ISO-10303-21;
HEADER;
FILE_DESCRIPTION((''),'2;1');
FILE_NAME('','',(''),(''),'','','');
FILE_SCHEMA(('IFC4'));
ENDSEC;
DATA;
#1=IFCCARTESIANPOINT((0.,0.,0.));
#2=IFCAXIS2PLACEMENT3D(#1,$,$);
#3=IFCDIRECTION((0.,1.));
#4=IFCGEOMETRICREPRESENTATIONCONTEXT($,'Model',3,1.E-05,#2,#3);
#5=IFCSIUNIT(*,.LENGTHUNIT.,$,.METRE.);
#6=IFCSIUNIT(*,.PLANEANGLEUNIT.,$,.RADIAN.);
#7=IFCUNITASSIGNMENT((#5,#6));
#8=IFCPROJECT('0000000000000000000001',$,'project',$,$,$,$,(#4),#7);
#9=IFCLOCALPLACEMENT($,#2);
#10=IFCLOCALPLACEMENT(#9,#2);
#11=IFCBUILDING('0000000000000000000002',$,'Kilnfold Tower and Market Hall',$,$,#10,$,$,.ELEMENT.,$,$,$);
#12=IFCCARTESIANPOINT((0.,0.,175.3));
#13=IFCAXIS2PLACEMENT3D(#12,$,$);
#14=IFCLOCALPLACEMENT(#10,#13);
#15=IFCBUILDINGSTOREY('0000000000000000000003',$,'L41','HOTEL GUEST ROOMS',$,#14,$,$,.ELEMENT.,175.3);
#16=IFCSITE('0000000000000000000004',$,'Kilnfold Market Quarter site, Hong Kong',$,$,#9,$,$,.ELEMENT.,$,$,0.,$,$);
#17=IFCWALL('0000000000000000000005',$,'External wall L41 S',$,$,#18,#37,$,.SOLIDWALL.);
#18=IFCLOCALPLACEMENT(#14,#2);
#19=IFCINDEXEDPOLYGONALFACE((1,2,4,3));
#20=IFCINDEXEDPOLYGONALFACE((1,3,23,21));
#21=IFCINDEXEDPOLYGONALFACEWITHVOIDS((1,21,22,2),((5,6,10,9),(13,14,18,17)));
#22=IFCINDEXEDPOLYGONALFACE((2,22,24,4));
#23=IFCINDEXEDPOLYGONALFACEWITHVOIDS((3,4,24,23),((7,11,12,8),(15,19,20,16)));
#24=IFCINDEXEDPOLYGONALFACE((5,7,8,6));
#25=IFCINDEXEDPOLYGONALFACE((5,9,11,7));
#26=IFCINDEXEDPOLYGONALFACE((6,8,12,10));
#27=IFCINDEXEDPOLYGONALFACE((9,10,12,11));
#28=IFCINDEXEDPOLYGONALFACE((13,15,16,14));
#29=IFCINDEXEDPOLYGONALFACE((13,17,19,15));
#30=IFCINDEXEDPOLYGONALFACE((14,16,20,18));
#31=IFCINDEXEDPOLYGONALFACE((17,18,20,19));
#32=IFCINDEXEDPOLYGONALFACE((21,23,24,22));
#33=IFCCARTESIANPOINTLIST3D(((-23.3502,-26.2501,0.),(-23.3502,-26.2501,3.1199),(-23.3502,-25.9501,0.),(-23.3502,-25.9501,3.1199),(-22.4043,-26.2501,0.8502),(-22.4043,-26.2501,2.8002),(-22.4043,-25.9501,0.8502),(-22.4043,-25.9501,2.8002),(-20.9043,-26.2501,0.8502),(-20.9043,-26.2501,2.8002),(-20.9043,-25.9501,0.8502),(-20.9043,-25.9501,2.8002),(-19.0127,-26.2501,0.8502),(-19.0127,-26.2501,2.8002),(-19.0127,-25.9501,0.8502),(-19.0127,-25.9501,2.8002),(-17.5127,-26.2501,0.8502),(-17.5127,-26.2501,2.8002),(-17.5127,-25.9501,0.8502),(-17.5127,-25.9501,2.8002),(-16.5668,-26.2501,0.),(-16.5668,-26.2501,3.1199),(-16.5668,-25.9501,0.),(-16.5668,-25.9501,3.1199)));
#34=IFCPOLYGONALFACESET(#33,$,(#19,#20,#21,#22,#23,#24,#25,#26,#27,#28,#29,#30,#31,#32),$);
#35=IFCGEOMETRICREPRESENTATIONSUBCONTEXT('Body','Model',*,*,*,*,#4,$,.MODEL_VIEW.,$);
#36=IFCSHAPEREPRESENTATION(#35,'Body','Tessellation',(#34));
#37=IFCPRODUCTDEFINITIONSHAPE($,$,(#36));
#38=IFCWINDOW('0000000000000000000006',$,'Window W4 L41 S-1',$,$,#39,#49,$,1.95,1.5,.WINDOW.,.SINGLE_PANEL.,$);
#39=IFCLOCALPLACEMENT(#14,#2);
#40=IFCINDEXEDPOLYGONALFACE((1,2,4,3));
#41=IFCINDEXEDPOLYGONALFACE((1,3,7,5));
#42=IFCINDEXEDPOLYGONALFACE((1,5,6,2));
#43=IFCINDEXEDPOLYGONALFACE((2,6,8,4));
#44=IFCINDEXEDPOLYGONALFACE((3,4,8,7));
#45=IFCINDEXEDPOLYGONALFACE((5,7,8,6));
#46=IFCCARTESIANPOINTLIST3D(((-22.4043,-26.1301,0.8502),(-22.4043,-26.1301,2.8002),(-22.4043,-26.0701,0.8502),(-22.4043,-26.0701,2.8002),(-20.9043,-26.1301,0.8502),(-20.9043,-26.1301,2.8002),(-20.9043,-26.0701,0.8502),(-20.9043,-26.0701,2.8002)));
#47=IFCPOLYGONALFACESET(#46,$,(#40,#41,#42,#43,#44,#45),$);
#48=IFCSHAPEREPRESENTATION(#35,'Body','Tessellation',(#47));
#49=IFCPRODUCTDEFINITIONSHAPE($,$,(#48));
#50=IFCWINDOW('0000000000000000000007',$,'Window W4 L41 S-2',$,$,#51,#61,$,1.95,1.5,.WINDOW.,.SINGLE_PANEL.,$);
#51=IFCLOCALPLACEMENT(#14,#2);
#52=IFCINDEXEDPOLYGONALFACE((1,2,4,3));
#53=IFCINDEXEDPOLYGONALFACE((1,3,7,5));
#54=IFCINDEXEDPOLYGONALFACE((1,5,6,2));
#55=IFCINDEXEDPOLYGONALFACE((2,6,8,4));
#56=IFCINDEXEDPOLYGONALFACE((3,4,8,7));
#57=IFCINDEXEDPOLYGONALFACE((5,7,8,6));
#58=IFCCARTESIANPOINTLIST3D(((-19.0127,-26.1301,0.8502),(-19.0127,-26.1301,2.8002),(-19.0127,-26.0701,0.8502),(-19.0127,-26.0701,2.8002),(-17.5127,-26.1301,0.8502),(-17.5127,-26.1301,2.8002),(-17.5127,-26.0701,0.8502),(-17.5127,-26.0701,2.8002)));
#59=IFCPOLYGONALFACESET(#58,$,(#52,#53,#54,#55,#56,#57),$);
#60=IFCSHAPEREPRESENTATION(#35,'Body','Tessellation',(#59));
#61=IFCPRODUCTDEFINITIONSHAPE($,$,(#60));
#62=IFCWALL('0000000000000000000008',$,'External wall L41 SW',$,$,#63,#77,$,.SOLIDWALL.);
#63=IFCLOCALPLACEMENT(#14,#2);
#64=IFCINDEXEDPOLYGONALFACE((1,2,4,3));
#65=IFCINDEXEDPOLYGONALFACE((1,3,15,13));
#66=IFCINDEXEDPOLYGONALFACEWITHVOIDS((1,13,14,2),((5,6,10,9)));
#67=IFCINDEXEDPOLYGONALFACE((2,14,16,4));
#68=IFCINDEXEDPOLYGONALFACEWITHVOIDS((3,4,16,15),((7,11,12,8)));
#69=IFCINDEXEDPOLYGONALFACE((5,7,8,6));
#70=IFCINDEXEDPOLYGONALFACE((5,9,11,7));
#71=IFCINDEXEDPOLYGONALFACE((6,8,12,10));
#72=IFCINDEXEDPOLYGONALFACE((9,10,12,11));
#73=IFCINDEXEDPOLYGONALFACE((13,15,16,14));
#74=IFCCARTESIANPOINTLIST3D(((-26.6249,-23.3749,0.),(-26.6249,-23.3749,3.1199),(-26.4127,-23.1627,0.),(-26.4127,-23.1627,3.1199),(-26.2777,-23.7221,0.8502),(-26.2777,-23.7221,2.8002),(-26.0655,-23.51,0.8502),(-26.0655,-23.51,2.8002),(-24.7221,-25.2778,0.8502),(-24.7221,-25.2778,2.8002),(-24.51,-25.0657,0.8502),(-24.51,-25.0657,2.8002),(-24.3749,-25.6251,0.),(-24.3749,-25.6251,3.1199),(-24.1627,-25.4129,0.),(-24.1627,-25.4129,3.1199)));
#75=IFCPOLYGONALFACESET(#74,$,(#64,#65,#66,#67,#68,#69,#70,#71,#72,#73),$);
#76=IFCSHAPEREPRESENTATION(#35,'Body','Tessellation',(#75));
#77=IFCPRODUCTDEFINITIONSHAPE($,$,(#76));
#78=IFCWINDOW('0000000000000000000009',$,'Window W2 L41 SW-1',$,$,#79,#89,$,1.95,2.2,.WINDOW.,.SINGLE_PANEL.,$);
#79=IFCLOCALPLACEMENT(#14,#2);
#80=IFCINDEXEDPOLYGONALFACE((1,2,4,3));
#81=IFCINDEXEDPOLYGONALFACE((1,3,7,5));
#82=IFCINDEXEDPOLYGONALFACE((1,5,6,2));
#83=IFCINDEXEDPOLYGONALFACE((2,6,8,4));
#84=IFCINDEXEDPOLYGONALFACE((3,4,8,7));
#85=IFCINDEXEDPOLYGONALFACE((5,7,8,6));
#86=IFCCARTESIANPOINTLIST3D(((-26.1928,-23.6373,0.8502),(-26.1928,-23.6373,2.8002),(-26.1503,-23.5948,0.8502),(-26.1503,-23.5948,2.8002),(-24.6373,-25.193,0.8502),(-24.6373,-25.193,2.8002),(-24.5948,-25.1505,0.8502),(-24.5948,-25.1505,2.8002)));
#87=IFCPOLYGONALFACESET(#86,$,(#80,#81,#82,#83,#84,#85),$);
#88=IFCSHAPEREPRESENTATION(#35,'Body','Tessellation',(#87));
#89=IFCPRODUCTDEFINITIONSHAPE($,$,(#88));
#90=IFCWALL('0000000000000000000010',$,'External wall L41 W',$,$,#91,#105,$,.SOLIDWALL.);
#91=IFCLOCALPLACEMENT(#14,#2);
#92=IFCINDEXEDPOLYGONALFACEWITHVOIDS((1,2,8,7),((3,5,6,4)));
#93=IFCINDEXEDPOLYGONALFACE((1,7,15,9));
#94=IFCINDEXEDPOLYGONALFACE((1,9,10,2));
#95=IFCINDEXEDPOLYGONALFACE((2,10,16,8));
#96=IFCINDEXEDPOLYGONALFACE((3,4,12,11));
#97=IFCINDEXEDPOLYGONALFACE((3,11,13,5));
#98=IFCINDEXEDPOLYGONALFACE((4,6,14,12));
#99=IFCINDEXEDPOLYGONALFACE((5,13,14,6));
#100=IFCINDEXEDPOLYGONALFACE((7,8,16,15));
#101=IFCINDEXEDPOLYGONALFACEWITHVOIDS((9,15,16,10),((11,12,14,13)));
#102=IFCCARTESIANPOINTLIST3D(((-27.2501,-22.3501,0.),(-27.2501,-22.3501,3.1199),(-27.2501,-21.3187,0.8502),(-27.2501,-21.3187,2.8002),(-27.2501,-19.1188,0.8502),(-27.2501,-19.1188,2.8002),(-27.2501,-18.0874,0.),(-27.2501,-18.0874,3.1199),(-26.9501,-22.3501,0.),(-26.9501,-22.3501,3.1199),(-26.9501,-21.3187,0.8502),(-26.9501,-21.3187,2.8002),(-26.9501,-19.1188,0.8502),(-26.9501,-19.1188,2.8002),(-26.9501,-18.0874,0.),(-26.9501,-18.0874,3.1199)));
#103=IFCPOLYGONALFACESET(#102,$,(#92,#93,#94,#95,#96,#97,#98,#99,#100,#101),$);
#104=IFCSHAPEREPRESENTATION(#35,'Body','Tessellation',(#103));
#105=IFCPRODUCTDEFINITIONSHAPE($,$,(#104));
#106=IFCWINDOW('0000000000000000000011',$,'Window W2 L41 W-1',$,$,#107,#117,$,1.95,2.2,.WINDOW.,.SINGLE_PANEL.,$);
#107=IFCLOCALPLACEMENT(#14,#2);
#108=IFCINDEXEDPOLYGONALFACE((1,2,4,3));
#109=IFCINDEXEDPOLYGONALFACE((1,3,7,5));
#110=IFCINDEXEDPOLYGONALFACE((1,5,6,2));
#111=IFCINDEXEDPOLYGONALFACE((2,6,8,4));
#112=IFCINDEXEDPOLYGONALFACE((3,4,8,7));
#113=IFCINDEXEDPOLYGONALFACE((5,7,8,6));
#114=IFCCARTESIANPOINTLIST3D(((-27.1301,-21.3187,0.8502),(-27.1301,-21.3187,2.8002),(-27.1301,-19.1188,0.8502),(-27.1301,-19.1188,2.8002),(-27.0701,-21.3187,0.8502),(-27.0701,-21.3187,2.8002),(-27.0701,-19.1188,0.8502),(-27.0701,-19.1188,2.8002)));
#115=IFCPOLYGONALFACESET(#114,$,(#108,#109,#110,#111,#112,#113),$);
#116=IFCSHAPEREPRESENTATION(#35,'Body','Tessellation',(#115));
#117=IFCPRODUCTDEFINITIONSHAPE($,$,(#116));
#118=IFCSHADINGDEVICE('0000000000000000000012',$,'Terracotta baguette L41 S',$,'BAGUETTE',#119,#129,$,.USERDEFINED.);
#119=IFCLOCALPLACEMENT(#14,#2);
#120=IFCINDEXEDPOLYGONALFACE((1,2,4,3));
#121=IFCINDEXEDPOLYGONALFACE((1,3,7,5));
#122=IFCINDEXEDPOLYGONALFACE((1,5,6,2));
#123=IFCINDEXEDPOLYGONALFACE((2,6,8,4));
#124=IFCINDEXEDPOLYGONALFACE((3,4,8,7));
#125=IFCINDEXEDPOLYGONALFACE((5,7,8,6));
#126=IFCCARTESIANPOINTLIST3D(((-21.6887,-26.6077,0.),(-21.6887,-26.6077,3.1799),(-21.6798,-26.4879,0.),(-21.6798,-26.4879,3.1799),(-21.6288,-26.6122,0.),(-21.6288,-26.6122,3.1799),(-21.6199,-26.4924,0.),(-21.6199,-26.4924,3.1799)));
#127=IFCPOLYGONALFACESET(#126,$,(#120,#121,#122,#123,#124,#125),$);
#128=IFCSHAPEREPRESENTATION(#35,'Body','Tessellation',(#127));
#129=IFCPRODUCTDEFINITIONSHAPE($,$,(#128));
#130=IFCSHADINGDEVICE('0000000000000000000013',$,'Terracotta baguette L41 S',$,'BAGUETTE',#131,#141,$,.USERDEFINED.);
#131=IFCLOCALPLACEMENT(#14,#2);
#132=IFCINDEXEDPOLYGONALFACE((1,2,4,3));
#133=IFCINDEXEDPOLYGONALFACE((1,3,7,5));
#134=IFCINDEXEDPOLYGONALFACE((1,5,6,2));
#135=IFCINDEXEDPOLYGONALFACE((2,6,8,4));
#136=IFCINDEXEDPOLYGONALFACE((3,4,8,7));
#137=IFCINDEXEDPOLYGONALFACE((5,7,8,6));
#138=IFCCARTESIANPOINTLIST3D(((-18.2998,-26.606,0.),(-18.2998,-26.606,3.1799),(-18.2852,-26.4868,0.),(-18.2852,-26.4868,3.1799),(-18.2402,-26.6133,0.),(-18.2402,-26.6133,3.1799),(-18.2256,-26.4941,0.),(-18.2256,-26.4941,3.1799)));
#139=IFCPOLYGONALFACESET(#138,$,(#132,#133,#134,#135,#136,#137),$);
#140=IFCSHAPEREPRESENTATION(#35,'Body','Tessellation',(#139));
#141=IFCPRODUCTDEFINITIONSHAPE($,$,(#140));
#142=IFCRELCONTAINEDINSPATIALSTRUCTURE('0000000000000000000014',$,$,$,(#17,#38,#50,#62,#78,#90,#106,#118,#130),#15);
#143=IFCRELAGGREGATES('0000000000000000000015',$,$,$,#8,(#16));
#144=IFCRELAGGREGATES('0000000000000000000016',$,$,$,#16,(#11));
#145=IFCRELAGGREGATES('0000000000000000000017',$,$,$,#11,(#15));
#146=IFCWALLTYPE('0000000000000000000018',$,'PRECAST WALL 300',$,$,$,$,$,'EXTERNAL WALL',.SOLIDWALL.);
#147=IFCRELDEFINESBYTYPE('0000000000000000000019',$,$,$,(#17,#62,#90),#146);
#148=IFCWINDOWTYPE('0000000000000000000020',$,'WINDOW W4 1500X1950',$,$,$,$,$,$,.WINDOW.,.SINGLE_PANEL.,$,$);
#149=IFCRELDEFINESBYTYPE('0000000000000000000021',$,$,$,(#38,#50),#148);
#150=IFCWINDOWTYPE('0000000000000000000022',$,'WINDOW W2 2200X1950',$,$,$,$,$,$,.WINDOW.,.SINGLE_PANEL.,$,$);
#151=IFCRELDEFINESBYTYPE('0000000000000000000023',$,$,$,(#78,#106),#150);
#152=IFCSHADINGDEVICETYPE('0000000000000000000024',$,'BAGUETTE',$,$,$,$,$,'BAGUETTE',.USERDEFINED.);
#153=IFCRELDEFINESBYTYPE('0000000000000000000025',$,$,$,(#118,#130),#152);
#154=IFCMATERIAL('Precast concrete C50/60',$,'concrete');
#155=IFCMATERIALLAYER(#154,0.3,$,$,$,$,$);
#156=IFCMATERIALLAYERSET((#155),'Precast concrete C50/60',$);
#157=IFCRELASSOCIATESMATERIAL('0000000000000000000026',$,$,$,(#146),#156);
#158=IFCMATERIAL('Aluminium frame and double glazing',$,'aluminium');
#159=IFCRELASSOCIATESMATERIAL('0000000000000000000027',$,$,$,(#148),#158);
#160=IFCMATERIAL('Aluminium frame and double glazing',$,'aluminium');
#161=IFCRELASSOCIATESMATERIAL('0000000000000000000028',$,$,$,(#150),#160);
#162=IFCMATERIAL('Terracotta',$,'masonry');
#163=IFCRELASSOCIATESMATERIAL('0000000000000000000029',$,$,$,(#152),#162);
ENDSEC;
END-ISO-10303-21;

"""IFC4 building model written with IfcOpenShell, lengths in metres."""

from ifc_helpers import new_model, si_unit, direction, frame, frame_2d, origin, origin_2d, place, context, subcontext, project, spatial, rectangle, extrude, source, transform, mapped, material, layer, layer_set, material_profile, profile_set, type_object, element, fill, save


model = new_model("IFC4")

# Units and contexts
model_context = context("Model", 3, precision=1e-05, world=origin(), true_north=direction((0.0, 1.0)))
body_context = subcontext(model_context, "Body", "Model", "MODEL_VIEW")
ifc_project = project(units=[si_unit("LENGTHUNIT", "METRE"), si_unit("PLANEANGLEUNIT", "RADIAN")], contexts=[model_context])

# Site, building, storey
site_placement = place(None, origin())
site = spatial("IfcSite", under=ifc_project, at=site_placement, Name="Kilnfold Market Quarter site, Hong Kong", CompositionType="ELEMENT", RefElevation=0.0)
building_placement = place(site_placement, origin())
building = spatial("IfcBuilding", under=site, at=building_placement, Name="Kilnfold Tower and Market Hall", CompositionType="ELEMENT")
storey_placement = place(building_placement, frame((0.0, 0.0, 175.3)))
storey = spatial("IfcBuildingStorey", under=building, at=storey_placement, Name="L41", Description="HOTEL GUEST ROOMS", CompositionType="ELEMENT", Elevation=175.3)

# Wall, openings, windows
ifc_material_1 = material(Name="Precast concrete C50/60", Category="concrete")
ifc_layer_1 = layer(ifc_material_1, 0.3)
ifc_layer_set_1 = layer_set([ifc_layer_1], Name="Precast concrete C50/60")
wall_type_1 = type_object("IfcWallType", Name="PRECAST WALL 300", ElementType="EXTERNAL WALL", PredefinedType="SOLIDWALL", material=ifc_layer_set_1)
shared_shape_1 = source(origin(), body_context, "Body", "SweptSolid", [
    extrude(rectangle(XDim=6.7834, YDim=0.3, at=frame_2d((3.3916, 0.0))), origin(), (0.0, 0.0, 1.0), 3.1199),
])
wall_1_placement = place(storey_placement, frame((-23.3501, -26.1001, 0.0), z_axis=(0.0, 0.0, 1.0), x_axis=(1.0, 0.0, 0.0)))
wall_1 = element("IfcWall", 1, at=wall_1_placement, inside=storey, type_object=wall_type_1, Name="External wall L41 S", PredefinedType="SOLIDWALL", context=body_context, shape_type="MappedRepresentation", body=[
    mapped(shared_shape_1, transform((0.0, 0.0, 0.0))),
])
opening_1_placement = place(wall_1_placement, frame((0.9458, 0.0, 0.8501)))
opening_1 = element("IfcOpeningElement", 2, at=opening_1_placement, cuts=wall_1, PredefinedType="OPENING", context=body_context, shape_type="SweptSolid", body=[
    extrude(rectangle(XDim=1.5, YDim=1.95, at=frame_2d((0.75, 0.9751))), frame((0.0, 0.1602, 0.0), z_axis=(0.0, -1.0, 0.0), x_axis=(1.0, 0.0, 0.0)), (0.0, 0.0, 1.0), 0.3201),
])
opening_2_placement = place(wall_1_placement, frame((4.3374, 0.0, 0.8501)))
opening_2 = element("IfcOpeningElement", 3, at=opening_2_placement, cuts=wall_1, PredefinedType="OPENING", context=body_context, shape_type="SweptSolid", body=[
    extrude(rectangle(XDim=1.5, YDim=1.95, at=frame_2d((0.75, 0.9751))), frame((0.0, 0.1602, 0.0), z_axis=(0.0, -1.0, 0.0), x_axis=(1.0, 0.0, 0.0)), (0.0, 0.0, 1.0), 0.3201),
])
ifc_material_2 = material(Name="Aluminium frame and double glazing", Category="aluminium")
window_type_1 = type_object("IfcWindowType", Name="WINDOW W4 1500X1950", PartitioningType="SINGLE_PANEL", PredefinedType="WINDOW", material=ifc_material_2)
window_1_placement = place(opening_1_placement, origin())
window_1 = element("IfcWindow", 4, at=window_1_placement, inside=storey, type_object=window_type_1, Name="Window W4 L41 S-1", OverallHeight=1.95, OverallWidth=1.5, PartitioningType="SINGLE_PANEL", PredefinedType="WINDOW", context=body_context, shape_type="SweptSolid", body=[
    extrude(rectangle(XDim=1.5, YDim=1.95, at=frame_2d((0.75, 0.9751))), frame((0.0, 0.03, 0.0), z_axis=(0.0, -1.0, 0.0), x_axis=(1.0, 0.0, 0.0)), (0.0, 0.0, 1.0), 0.0601),
])
fill(opening_1, window_1)
window_2_placement = place(opening_2_placement, origin())
window_2 = element("IfcWindow", 5, at=window_2_placement, inside=storey, type_object=window_type_1, Name="Window W4 L41 S-2", OverallHeight=1.95, OverallWidth=1.5, PartitioningType="SINGLE_PANEL", PredefinedType="WINDOW", context=body_context, shape_type="SweptSolid", body=[
    extrude(rectangle(XDim=1.5, YDim=1.95, at=frame_2d((0.75, 0.9751))), frame((0.0, 0.03, 0.0), z_axis=(0.0, -1.0, 0.0), x_axis=(1.0, 0.0, 0.0)), (0.0, 0.0, 1.0), 0.0601),
])
fill(opening_2, window_2)

# Walls, openings, windows
shared_shape_2 = source(origin(), body_context, "Body", "SweptSolid", [
    extrude(rectangle(XDim=3.1821, YDim=0.3, at=frame_2d((1.5911, 0.0))), origin(), (0.0, 0.0, 1.0), 3.1199),
])
wall_2_placement = place(storey_placement, frame((-26.5188, -23.2688, 0.0), z_axis=(0.0, 0.0, 1.0), x_axis=(0.707068, -0.707145, 0.0)))
wall_2 = element("IfcWall", 6, at=wall_2_placement, inside=storey, type_object=wall_type_1, Name="External wall L41 SW", PredefinedType="SOLIDWALL", context=body_context, shape_type="MappedRepresentation", body=[
    mapped(shared_shape_2, transform((0.0, 0.0, 0.0))),
])
opening_3_placement = place(wall_2_placement, frame((0.491, 0.0, 0.8501)))
opening_3 = element("IfcOpeningElement", 7, at=opening_3_placement, cuts=wall_2, PredefinedType="OPENING", context=body_context, shape_type="SweptSolid", body=[
    extrude(rectangle(XDim=2.2, YDim=1.95, at=frame_2d((1.1001, 0.9751))), frame((0.0, 0.1602, 0.0), z_axis=(0.0, -1.0, 0.0), x_axis=(1.0, 0.0, 0.0)), (0.0, 0.0, 1.0), 0.3201),
])
ifc_material_3 = material(Name="Aluminium frame and double glazing", Category="aluminium")
window_type_2 = type_object("IfcWindowType", Name="WINDOW W2 2200X1950", PartitioningType="SINGLE_PANEL", PredefinedType="WINDOW", material=ifc_material_3)
window_3_placement = place(opening_3_placement, origin())
window_3 = element("IfcWindow", 8, at=window_3_placement, inside=storey, type_object=window_type_2, Name="Window W2 L41 SW-1", OverallHeight=1.95, OverallWidth=2.2, PartitioningType="SINGLE_PANEL", PredefinedType="WINDOW", context=body_context, shape_type="SweptSolid", body=[
    extrude(rectangle(XDim=2.2, YDim=1.95, at=frame_2d((1.1001, 0.9751))), frame((0.0, 0.03, 0.0), z_axis=(0.0, -1.0, 0.0), x_axis=(1.0, 0.0, 0.0)), (0.0, 0.0, 1.0), 0.0601),
])
fill(opening_3, window_3)
shared_shape_3 = source(origin(), body_context, "Body", "SweptSolid", [
    extrude(rectangle(XDim=4.2627, YDim=0.3, at=frame_2d((2.1313, 0.0))), origin(), (0.0, 0.0, 1.0), 3.1199),
])
wall_3_placement = place(storey_placement, frame((-27.1001, -18.0874, 0.0), z_axis=(0.0, 0.0, 1.0), x_axis=(0.0, -1.0, 0.0)))
wall_3 = element("IfcWall", 9, at=wall_3_placement, inside=storey, type_object=wall_type_1, Name="External wall L41 W", PredefinedType="SOLIDWALL", context=body_context, shape_type="MappedRepresentation", body=[
    mapped(shared_shape_3, transform((0.0, 0.0, 0.0))),
])
opening_4_placement = place(wall_3_placement, frame((1.0312, 0.0, 0.8501)))
opening_4 = element("IfcOpeningElement", 10, at=opening_4_placement, cuts=wall_3, PredefinedType="OPENING", context=body_context, shape_type="SweptSolid", body=[
    extrude(rectangle(XDim=2.2, YDim=1.95, at=frame_2d((1.1001, 0.9751))), frame((0.0, 0.1602, 0.0), z_axis=(0.0, -1.0, 0.0), x_axis=(1.0, 0.0, 0.0)), (0.0, 0.0, 1.0), 0.3201),
])
window_4_placement = place(opening_4_placement, origin())
window_4 = element("IfcWindow", 11, at=window_4_placement, inside=storey, type_object=window_type_2, Name="Window W2 L41 W-1", OverallHeight=1.95, OverallWidth=2.2, PartitioningType="SINGLE_PANEL", PredefinedType="WINDOW", context=body_context, shape_type="SweptSolid", body=[
    extrude(rectangle(XDim=2.2, YDim=1.95, at=frame_2d((1.1001, 0.9751))), frame((0.0, 0.03, 0.0), z_axis=(0.0, -1.0, 0.0), x_axis=(1.0, 0.0, 0.0)), (0.0, 0.0, 1.0), 0.0601),
])
fill(opening_4, window_4)

# Shading devices
ifc_material_4 = material(Name="Terracotta", Category="masonry")
ifc_material_profile_1 = material_profile(ifc_material_4, rectangle(XDim=0.0601, YDim=0.1201, at=origin_2d()), Name="BAG 60x120")
ifc_profile_set_1 = profile_set([ifc_material_profile_1], Name="Terracotta")
shading_device_type = type_object("IfcShadingDeviceType", Name="BAGUETTE", ElementType="BAGUETTE", PredefinedType="USERDEFINED", material=ifc_profile_set_1)
shared_shape_4 = source(origin(), body_context, "Body", "SweptSolid", [
    extrude(rectangle(XDim=0.0601, YDim=0.1201, at=origin_2d()), origin(), (0.0, 0.0, 1.0), 3.1799),
])
for number, where, z_axis, x_axis, name in (
    (12, (-21.6543, -26.55, 0.0), (0.0, 0.0, 1.0), (0.997274, -0.073783, 0.0), "Terracotta baguette L41 S"),
    (13, (-18.2627, -26.55, 0.0), (0.0, 0.0, 1.0), (0.992574, -0.121646, 0.0), "Terracotta baguette L41 S"),
):
    element("IfcShadingDevice", number, at=place(storey_placement, frame(where, z_axis=z_axis, x_axis=x_axis)), inside=storey, type_object=shading_device_type, Name=name, ObjectType="BAGUETTE", PredefinedType="USERDEFINED", context=body_context, shape_type="MappedRepresentation", body=[
        mapped(shared_shape_4, transform((0.0, 0.0, 0.0))),
    ])

save(model, "model.ifc")
